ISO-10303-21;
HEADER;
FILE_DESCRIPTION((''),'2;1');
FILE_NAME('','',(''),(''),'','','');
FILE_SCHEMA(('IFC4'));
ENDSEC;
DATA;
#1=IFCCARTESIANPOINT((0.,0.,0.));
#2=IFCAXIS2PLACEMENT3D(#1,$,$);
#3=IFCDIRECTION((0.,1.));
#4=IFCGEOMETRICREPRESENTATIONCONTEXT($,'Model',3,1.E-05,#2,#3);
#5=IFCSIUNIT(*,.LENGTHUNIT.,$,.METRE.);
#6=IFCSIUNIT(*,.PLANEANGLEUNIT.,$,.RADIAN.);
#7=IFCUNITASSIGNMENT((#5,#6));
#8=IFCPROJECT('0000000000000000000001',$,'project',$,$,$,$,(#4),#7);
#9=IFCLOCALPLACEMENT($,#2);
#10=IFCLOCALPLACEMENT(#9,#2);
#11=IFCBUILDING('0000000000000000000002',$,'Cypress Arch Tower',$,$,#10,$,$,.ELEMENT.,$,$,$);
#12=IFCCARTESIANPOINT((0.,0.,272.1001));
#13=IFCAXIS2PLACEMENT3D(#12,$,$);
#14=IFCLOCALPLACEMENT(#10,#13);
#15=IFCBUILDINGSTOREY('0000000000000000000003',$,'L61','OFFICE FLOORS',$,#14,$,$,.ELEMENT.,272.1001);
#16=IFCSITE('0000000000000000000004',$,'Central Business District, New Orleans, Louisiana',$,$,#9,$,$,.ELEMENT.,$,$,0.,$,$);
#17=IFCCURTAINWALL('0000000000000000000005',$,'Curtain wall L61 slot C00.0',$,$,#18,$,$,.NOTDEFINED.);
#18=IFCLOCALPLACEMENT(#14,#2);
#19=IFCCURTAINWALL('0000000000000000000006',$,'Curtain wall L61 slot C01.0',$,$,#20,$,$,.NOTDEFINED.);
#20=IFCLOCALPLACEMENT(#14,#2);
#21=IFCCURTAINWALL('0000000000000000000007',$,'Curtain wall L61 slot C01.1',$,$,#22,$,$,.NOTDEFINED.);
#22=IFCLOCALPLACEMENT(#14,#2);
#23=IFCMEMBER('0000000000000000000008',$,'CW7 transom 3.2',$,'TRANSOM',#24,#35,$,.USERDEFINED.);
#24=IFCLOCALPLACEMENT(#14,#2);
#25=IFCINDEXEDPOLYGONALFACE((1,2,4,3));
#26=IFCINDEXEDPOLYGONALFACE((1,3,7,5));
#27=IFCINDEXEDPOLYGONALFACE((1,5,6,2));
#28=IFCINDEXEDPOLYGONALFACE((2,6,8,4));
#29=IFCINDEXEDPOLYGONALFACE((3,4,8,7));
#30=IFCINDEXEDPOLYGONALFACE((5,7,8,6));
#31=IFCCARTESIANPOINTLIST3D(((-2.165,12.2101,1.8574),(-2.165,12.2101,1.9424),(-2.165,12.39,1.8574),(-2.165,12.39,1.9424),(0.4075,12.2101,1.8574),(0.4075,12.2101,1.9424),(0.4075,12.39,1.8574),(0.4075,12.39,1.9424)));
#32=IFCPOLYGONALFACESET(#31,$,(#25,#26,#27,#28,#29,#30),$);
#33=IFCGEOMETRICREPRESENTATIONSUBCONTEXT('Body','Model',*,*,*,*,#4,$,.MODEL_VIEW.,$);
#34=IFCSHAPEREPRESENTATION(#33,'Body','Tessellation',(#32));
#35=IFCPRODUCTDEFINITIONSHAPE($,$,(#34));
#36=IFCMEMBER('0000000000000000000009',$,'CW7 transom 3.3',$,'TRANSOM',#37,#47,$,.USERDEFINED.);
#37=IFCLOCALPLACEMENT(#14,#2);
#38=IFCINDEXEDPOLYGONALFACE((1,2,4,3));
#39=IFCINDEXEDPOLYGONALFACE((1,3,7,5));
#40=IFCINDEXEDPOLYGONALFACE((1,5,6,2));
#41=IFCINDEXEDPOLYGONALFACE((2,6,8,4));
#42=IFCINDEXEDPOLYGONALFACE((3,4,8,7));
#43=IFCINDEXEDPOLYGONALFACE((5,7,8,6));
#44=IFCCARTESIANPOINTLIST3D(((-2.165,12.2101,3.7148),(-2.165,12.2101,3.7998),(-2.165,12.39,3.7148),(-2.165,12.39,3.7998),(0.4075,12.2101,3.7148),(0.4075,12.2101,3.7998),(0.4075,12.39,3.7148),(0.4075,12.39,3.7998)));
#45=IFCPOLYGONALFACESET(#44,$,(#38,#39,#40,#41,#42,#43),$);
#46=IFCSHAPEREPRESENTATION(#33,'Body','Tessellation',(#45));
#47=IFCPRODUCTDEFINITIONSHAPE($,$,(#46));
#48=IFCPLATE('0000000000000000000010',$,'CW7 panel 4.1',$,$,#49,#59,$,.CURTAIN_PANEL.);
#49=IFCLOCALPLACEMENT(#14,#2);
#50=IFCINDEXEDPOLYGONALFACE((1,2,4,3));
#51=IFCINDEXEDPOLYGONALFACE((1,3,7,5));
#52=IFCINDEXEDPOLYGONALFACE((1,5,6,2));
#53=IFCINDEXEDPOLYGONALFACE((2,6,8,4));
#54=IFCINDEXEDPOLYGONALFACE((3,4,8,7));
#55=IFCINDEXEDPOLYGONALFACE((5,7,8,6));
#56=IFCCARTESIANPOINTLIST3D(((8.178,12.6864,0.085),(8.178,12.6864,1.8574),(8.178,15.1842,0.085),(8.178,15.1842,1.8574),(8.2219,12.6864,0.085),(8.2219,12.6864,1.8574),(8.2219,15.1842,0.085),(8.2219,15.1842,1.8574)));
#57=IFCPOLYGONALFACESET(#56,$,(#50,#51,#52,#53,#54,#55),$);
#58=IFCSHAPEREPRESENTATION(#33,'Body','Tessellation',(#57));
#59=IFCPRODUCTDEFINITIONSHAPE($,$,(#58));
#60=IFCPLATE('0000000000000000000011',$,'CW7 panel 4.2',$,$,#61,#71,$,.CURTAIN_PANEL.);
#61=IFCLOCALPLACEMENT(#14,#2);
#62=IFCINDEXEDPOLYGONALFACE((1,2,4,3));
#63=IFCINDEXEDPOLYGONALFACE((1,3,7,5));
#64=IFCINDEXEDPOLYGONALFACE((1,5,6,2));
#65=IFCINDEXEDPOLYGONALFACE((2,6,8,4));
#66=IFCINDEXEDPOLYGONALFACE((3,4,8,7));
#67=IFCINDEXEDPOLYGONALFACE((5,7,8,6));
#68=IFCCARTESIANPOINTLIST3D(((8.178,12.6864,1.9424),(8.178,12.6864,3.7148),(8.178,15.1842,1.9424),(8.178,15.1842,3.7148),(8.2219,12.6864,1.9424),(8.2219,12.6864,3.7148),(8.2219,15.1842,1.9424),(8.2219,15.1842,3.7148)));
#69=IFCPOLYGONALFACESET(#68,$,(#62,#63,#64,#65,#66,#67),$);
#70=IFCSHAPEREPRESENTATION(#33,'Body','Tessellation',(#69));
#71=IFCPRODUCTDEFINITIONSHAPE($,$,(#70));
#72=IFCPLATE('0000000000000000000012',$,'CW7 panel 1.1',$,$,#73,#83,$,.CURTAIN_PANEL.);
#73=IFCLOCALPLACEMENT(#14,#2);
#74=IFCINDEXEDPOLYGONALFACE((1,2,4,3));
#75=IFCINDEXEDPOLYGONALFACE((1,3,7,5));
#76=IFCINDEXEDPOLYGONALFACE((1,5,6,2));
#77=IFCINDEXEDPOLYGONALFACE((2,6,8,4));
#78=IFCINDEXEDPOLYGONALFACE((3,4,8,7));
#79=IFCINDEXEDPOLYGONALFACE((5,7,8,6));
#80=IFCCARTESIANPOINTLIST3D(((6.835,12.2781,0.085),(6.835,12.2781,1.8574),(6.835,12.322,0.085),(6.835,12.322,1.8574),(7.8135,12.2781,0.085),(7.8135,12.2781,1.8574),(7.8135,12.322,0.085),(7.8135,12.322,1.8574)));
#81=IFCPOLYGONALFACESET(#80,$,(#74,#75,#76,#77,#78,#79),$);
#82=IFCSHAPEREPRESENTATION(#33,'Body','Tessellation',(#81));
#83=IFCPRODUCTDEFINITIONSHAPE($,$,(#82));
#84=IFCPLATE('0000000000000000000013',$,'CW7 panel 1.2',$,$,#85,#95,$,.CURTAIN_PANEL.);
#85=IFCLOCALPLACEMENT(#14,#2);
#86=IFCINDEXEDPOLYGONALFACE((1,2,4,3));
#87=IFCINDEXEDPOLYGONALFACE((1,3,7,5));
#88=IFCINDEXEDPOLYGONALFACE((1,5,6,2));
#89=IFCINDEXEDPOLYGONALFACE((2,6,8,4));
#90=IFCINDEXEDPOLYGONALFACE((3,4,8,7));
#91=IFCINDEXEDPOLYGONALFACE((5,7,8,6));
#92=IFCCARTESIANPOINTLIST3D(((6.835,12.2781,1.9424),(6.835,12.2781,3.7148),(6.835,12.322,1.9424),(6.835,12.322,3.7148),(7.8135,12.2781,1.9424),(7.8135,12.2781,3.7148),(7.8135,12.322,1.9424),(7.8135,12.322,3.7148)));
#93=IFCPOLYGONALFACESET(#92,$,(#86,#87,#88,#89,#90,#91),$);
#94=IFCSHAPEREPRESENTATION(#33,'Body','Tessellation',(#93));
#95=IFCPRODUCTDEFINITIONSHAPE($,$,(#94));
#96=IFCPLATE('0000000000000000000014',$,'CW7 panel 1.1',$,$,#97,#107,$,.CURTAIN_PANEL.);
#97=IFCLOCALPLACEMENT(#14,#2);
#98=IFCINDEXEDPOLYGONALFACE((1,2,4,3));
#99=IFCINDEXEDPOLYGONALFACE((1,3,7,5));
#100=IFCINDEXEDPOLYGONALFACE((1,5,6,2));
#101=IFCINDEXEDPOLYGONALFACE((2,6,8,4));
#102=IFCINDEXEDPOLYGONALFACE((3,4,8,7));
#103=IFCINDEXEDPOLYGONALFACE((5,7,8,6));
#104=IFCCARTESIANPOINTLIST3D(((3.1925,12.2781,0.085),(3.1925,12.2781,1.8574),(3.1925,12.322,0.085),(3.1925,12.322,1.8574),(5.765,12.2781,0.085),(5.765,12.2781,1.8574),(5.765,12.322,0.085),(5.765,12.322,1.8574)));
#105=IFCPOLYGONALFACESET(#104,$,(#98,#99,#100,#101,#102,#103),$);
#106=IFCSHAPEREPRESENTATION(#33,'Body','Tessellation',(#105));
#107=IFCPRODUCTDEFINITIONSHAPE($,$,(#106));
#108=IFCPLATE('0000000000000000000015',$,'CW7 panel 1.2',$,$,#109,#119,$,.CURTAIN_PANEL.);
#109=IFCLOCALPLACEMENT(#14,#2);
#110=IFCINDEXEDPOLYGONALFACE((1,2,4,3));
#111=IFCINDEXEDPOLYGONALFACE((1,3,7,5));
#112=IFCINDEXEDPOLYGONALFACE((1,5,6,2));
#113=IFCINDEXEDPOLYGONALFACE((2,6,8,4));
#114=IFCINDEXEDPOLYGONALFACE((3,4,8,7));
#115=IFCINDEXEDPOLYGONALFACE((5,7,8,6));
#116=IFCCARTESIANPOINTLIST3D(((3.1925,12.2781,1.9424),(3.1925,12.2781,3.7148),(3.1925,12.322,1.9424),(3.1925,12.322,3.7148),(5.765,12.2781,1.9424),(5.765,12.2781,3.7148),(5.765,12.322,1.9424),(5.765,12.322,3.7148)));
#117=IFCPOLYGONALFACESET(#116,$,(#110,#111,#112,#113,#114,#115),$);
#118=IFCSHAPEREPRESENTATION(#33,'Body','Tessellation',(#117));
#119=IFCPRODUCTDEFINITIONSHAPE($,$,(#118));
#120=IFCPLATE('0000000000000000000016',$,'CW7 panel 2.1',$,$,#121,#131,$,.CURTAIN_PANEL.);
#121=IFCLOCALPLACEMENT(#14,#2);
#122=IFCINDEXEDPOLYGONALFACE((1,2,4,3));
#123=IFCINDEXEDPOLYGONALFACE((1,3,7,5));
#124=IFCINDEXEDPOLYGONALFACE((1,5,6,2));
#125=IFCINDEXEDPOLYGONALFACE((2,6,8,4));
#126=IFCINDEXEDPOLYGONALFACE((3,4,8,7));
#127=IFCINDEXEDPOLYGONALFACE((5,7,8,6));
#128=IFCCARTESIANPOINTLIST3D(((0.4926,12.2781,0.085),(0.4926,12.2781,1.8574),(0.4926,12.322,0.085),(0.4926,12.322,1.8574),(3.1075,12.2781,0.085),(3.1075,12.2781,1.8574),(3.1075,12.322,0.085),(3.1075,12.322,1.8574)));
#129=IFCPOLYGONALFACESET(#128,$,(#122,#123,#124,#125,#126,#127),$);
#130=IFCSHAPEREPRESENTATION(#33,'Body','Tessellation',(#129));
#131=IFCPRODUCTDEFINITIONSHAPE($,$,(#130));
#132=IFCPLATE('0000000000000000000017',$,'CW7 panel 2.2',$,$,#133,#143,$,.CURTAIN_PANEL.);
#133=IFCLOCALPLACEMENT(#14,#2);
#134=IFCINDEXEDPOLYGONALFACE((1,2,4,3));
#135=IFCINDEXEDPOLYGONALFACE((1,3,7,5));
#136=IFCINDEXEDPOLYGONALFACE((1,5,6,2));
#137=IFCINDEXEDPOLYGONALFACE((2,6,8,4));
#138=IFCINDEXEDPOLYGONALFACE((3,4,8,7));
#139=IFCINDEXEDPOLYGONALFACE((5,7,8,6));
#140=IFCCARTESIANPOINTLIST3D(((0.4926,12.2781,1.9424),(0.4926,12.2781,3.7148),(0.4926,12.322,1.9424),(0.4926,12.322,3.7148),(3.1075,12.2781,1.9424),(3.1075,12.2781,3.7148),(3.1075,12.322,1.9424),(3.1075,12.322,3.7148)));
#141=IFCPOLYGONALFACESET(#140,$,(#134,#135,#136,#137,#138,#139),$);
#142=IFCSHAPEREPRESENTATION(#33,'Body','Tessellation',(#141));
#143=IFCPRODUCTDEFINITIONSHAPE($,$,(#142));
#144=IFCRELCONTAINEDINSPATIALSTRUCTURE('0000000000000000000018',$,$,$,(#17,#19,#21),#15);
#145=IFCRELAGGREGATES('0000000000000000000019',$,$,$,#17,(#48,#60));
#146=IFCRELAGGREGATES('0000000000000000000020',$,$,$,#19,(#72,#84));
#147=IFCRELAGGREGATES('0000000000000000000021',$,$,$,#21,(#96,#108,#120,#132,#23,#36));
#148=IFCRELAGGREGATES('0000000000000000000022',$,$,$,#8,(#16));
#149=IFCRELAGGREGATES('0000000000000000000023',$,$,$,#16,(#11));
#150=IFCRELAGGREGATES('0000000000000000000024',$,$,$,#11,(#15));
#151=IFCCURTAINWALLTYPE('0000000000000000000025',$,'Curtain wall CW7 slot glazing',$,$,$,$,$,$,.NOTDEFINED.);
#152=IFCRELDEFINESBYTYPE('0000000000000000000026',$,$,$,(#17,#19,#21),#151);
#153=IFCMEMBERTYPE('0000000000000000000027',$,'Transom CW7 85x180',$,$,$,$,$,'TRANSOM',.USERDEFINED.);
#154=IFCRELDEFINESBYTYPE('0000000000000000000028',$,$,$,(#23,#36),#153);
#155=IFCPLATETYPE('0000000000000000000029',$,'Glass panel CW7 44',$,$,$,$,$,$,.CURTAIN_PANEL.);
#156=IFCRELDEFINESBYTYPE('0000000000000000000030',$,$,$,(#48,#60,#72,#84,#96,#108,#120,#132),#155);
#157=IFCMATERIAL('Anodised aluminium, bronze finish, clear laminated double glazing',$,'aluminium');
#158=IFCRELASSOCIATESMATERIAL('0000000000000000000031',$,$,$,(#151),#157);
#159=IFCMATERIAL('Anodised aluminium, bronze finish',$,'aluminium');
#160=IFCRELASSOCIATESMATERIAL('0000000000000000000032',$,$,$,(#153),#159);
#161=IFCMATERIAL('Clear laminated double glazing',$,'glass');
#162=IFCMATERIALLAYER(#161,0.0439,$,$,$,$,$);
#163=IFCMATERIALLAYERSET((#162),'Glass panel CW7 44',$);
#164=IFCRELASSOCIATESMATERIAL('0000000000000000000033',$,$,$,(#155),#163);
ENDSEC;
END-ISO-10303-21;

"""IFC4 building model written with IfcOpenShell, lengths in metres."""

from ifc_helpers import new_model, si_unit, direction, frame, origin, origin_2d, place, context, subcontext, project, spatial, rectangle, extrude, material, layer, layer_set, material_profile, profile_set, type_object, element, aggregate, save


model = new_model("IFC4")

# Units and contexts
model_context = context("Model", 3, precision=1e-05, world=origin(), true_north=direction((0.0, 1.0)))
body_context = subcontext(model_context, "Body", "Model", "MODEL_VIEW")
ifc_project = project(units=[si_unit("LENGTHUNIT", "METRE"), si_unit("PLANEANGLEUNIT", "RADIAN")], contexts=[model_context])

# Site, building, storey
site_placement = place(None, origin())
site = spatial("IfcSite", under=ifc_project, at=site_placement, Name="Central Business District, New Orleans, Louisiana", CompositionType="ELEMENT", RefElevation=0.0)
building_placement = place(site_placement, origin())
building = spatial("IfcBuilding", under=site, at=building_placement, Name="Cypress Arch Tower", CompositionType="ELEMENT")
storey_placement = place(building_placement, frame((0.0, 0.0, 272.1001)))
storey = spatial("IfcBuildingStorey", under=building, at=storey_placement, Name="L61", Description="OFFICE FLOORS", CompositionType="ELEMENT", Elevation=272.1001)

# Curtain walls
ifc_material_1 = material(Name="Anodised aluminium, bronze finish, clear laminated double glazing", Category="aluminium")
curtain_wall_type = type_object("IfcCurtainWallType", Name="Curtain wall CW7 slot glazing", PredefinedType="NOTDEFINED", material=ifc_material_1)
curtain_wall_1_placement = place(storey_placement, origin())
curtain_wall_1 = element("IfcCurtainWall", 1, at=curtain_wall_1_placement, inside=storey, type_object=curtain_wall_type, Name="Curtain wall L61 slot C00.0", PredefinedType="NOTDEFINED")
curtain_wall_2_placement = place(storey_placement, origin())
curtain_wall_2 = element("IfcCurtainWall", 2, at=curtain_wall_2_placement, inside=storey, type_object=curtain_wall_type, Name="Curtain wall L61 slot C01.0", PredefinedType="NOTDEFINED")
curtain_wall_3_placement = place(storey_placement, origin())
curtain_wall_3 = element("IfcCurtainWall", 3, at=curtain_wall_3_placement, inside=storey, type_object=curtain_wall_type, Name="Curtain wall L61 slot C01.1", PredefinedType="NOTDEFINED")

# Members
ifc_material_2 = material(Name="Anodised aluminium, bronze finish", Category="aluminium")
ifc_material_profile_1 = material_profile(ifc_material_2, rectangle(XDim=0.1799, YDim=0.085, at=origin_2d()), Name="Transom 85x180")
ifc_profile_set_1 = profile_set([ifc_material_profile_1], Name="Anodised aluminium, bronze finish")
member_type_1 = type_object("IfcMemberType", Name="Transom CW7 85x180", ElementType="TRANSOM", PredefinedType="USERDEFINED", material=ifc_profile_set_1)
member_1_placement = place(storey_placement, frame((0.4075, 12.3, 1.8999), z_axis=(-1.0, 0.0, 0.0), x_axis=(0.0, -1.0, 0.0)))
member_1 = element("IfcMember", 4, at=member_1_placement, type_object=member_type_1, Name="CW7 transom 3.2", ObjectType="TRANSOM", PredefinedType="USERDEFINED", context=body_context, shape_type="SweptSolid", body=[
    extrude(rectangle(XDim=0.1799, YDim=0.085, at=origin_2d()), origin(), (0.0, 0.0, 1.0), 2.5725),
])
member_2_placement = place(storey_placement, frame((0.4075, 12.3, 3.7573), z_axis=(-1.0, 0.0, 0.0), x_axis=(0.0, -1.0, 0.0)))
member_2 = element("IfcMember", 5, at=member_2_placement, type_object=member_type_1, Name="CW7 transom 3.3", ObjectType="TRANSOM", PredefinedType="USERDEFINED", context=body_context, shape_type="SweptSolid", body=[
    extrude(rectangle(XDim=0.1799, YDim=0.085, at=origin_2d()), origin(), (0.0, 0.0, 1.0), 2.5725),
])

# Plates
ifc_material_3 = material(Name="Clear laminated double glazing", Category="glass")
ifc_layer = layer(ifc_material_3, 0.0439)
ifc_layer_set = layer_set([ifc_layer], Name="Glass panel CW7 44")
plate_type = type_object("IfcPlateType", Name="Glass panel CW7 44", PredefinedType="CURTAIN_PANEL", material=ifc_layer_set)
plate_1_placement = place(storey_placement, frame((8.2, 13.9353, 0.085), z_axis=(0.0, 0.0, 1.0), x_axis=(0.0, -1.0, 0.0)))
plate_1 = element("IfcPlate", 6, at=plate_1_placement, type_object=plate_type, Name="CW7 panel 4.1", PredefinedType="CURTAIN_PANEL", context=body_context, shape_type="SweptSolid", body=[
    extrude(rectangle(XDim=2.4978, YDim=0.0439, at=origin_2d()), origin(), (0.0, 0.0, 1.0), 1.7725),
])
plate_2_placement = place(storey_placement, frame((8.2, 13.9353, 1.9424), z_axis=(0.0, 0.0, 1.0), x_axis=(0.0, -1.0, 0.0)))
plate_2 = element("IfcPlate", 7, at=plate_2_placement, type_object=plate_type, Name="CW7 panel 4.2", PredefinedType="CURTAIN_PANEL", context=body_context, shape_type="SweptSolid", body=[
    extrude(rectangle(XDim=2.4978, YDim=0.0439, at=origin_2d()), origin(), (0.0, 0.0, 1.0), 1.7725),
])
aggregate(curtain_wall_1, [plate_1, plate_2])
plate_3_placement = place(storey_placement, frame((7.3242, 12.3, 0.085), z_axis=(0.0, 0.0, 1.0), x_axis=(-1.0, 0.0, 0.0)))
plate_3 = element("IfcPlate", 8, at=plate_3_placement, type_object=plate_type, Name="CW7 panel 1.1", PredefinedType="CURTAIN_PANEL", context=body_context, shape_type="SweptSolid", body=[
    extrude(rectangle(XDim=0.9785, YDim=0.0439, at=origin_2d()), origin(), (0.0, 0.0, 1.0), 1.7725),
])
plate_4_placement = place(storey_placement, frame((7.3242, 12.3, 1.9424), z_axis=(0.0, 0.0, 1.0), x_axis=(-1.0, 0.0, 0.0)))
plate_4 = element("IfcPlate", 9, at=plate_4_placement, type_object=plate_type, Name="CW7 panel 1.2", PredefinedType="CURTAIN_PANEL", context=body_context, shape_type="SweptSolid", body=[
    extrude(rectangle(XDim=0.9785, YDim=0.0439, at=origin_2d()), origin(), (0.0, 0.0, 1.0), 1.7725),
])
aggregate(curtain_wall_2, [plate_3, plate_4])
plate_5_placement = place(storey_placement, frame((4.4788, 12.3, 0.085), z_axis=(0.0, 0.0, 1.0), x_axis=(-1.0, 0.0, 0.0)))
plate_5 = element("IfcPlate", 10, at=plate_5_placement, type_object=plate_type, Name="CW7 panel 1.1", PredefinedType="CURTAIN_PANEL", context=body_context, shape_type="SweptSolid", body=[
    extrude(rectangle(XDim=2.5725, YDim=0.0439, at=origin_2d()), origin(), (0.0, 0.0, 1.0), 1.7725),
])
plate_6_placement = place(storey_placement, frame((4.4788, 12.3, 1.9424), z_axis=(0.0, 0.0, 1.0), x_axis=(-1.0, 0.0, 0.0)))
plate_6 = element("IfcPlate", 11, at=plate_6_placement, type_object=plate_type, Name="CW7 panel 1.2", PredefinedType="CURTAIN_PANEL", context=body_context, shape_type="SweptSolid", body=[
    extrude(rectangle(XDim=2.5725, YDim=0.0439, at=origin_2d()), origin(), (0.0, 0.0, 1.0), 1.7725),
])
plate_7_placement = place(storey_placement, frame((1.8, 12.3, 0.085), z_axis=(0.0, 0.0, 1.0), x_axis=(-1.0, 0.0, 0.0)))
plate_7 = element("IfcPlate", 12, at=plate_7_placement, type_object=plate_type, Name="CW7 panel 2.1", PredefinedType="CURTAIN_PANEL", context=body_context, shape_type="SweptSolid", body=[
    extrude(rectangle(XDim=2.615, YDim=0.0439, at=origin_2d()), origin(), (0.0, 0.0, 1.0), 1.7725),
])
plate_8_placement = place(storey_placement, frame((1.8, 12.3, 1.9424), z_axis=(0.0, 0.0, 1.0), x_axis=(-1.0, 0.0, 0.0)))
plate_8 = element("IfcPlate", 13, at=plate_8_placement, type_object=plate_type, Name="CW7 panel 2.2", PredefinedType="CURTAIN_PANEL", context=body_context, shape_type="SweptSolid", body=[
    extrude(rectangle(XDim=2.615, YDim=0.0439, at=origin_2d()), origin(), (0.0, 0.0, 1.0), 1.7725),
])
aggregate(curtain_wall_3, [plate_5, plate_6, plate_7, plate_8, member_1, member_2])

save(model, "model.ifc")
